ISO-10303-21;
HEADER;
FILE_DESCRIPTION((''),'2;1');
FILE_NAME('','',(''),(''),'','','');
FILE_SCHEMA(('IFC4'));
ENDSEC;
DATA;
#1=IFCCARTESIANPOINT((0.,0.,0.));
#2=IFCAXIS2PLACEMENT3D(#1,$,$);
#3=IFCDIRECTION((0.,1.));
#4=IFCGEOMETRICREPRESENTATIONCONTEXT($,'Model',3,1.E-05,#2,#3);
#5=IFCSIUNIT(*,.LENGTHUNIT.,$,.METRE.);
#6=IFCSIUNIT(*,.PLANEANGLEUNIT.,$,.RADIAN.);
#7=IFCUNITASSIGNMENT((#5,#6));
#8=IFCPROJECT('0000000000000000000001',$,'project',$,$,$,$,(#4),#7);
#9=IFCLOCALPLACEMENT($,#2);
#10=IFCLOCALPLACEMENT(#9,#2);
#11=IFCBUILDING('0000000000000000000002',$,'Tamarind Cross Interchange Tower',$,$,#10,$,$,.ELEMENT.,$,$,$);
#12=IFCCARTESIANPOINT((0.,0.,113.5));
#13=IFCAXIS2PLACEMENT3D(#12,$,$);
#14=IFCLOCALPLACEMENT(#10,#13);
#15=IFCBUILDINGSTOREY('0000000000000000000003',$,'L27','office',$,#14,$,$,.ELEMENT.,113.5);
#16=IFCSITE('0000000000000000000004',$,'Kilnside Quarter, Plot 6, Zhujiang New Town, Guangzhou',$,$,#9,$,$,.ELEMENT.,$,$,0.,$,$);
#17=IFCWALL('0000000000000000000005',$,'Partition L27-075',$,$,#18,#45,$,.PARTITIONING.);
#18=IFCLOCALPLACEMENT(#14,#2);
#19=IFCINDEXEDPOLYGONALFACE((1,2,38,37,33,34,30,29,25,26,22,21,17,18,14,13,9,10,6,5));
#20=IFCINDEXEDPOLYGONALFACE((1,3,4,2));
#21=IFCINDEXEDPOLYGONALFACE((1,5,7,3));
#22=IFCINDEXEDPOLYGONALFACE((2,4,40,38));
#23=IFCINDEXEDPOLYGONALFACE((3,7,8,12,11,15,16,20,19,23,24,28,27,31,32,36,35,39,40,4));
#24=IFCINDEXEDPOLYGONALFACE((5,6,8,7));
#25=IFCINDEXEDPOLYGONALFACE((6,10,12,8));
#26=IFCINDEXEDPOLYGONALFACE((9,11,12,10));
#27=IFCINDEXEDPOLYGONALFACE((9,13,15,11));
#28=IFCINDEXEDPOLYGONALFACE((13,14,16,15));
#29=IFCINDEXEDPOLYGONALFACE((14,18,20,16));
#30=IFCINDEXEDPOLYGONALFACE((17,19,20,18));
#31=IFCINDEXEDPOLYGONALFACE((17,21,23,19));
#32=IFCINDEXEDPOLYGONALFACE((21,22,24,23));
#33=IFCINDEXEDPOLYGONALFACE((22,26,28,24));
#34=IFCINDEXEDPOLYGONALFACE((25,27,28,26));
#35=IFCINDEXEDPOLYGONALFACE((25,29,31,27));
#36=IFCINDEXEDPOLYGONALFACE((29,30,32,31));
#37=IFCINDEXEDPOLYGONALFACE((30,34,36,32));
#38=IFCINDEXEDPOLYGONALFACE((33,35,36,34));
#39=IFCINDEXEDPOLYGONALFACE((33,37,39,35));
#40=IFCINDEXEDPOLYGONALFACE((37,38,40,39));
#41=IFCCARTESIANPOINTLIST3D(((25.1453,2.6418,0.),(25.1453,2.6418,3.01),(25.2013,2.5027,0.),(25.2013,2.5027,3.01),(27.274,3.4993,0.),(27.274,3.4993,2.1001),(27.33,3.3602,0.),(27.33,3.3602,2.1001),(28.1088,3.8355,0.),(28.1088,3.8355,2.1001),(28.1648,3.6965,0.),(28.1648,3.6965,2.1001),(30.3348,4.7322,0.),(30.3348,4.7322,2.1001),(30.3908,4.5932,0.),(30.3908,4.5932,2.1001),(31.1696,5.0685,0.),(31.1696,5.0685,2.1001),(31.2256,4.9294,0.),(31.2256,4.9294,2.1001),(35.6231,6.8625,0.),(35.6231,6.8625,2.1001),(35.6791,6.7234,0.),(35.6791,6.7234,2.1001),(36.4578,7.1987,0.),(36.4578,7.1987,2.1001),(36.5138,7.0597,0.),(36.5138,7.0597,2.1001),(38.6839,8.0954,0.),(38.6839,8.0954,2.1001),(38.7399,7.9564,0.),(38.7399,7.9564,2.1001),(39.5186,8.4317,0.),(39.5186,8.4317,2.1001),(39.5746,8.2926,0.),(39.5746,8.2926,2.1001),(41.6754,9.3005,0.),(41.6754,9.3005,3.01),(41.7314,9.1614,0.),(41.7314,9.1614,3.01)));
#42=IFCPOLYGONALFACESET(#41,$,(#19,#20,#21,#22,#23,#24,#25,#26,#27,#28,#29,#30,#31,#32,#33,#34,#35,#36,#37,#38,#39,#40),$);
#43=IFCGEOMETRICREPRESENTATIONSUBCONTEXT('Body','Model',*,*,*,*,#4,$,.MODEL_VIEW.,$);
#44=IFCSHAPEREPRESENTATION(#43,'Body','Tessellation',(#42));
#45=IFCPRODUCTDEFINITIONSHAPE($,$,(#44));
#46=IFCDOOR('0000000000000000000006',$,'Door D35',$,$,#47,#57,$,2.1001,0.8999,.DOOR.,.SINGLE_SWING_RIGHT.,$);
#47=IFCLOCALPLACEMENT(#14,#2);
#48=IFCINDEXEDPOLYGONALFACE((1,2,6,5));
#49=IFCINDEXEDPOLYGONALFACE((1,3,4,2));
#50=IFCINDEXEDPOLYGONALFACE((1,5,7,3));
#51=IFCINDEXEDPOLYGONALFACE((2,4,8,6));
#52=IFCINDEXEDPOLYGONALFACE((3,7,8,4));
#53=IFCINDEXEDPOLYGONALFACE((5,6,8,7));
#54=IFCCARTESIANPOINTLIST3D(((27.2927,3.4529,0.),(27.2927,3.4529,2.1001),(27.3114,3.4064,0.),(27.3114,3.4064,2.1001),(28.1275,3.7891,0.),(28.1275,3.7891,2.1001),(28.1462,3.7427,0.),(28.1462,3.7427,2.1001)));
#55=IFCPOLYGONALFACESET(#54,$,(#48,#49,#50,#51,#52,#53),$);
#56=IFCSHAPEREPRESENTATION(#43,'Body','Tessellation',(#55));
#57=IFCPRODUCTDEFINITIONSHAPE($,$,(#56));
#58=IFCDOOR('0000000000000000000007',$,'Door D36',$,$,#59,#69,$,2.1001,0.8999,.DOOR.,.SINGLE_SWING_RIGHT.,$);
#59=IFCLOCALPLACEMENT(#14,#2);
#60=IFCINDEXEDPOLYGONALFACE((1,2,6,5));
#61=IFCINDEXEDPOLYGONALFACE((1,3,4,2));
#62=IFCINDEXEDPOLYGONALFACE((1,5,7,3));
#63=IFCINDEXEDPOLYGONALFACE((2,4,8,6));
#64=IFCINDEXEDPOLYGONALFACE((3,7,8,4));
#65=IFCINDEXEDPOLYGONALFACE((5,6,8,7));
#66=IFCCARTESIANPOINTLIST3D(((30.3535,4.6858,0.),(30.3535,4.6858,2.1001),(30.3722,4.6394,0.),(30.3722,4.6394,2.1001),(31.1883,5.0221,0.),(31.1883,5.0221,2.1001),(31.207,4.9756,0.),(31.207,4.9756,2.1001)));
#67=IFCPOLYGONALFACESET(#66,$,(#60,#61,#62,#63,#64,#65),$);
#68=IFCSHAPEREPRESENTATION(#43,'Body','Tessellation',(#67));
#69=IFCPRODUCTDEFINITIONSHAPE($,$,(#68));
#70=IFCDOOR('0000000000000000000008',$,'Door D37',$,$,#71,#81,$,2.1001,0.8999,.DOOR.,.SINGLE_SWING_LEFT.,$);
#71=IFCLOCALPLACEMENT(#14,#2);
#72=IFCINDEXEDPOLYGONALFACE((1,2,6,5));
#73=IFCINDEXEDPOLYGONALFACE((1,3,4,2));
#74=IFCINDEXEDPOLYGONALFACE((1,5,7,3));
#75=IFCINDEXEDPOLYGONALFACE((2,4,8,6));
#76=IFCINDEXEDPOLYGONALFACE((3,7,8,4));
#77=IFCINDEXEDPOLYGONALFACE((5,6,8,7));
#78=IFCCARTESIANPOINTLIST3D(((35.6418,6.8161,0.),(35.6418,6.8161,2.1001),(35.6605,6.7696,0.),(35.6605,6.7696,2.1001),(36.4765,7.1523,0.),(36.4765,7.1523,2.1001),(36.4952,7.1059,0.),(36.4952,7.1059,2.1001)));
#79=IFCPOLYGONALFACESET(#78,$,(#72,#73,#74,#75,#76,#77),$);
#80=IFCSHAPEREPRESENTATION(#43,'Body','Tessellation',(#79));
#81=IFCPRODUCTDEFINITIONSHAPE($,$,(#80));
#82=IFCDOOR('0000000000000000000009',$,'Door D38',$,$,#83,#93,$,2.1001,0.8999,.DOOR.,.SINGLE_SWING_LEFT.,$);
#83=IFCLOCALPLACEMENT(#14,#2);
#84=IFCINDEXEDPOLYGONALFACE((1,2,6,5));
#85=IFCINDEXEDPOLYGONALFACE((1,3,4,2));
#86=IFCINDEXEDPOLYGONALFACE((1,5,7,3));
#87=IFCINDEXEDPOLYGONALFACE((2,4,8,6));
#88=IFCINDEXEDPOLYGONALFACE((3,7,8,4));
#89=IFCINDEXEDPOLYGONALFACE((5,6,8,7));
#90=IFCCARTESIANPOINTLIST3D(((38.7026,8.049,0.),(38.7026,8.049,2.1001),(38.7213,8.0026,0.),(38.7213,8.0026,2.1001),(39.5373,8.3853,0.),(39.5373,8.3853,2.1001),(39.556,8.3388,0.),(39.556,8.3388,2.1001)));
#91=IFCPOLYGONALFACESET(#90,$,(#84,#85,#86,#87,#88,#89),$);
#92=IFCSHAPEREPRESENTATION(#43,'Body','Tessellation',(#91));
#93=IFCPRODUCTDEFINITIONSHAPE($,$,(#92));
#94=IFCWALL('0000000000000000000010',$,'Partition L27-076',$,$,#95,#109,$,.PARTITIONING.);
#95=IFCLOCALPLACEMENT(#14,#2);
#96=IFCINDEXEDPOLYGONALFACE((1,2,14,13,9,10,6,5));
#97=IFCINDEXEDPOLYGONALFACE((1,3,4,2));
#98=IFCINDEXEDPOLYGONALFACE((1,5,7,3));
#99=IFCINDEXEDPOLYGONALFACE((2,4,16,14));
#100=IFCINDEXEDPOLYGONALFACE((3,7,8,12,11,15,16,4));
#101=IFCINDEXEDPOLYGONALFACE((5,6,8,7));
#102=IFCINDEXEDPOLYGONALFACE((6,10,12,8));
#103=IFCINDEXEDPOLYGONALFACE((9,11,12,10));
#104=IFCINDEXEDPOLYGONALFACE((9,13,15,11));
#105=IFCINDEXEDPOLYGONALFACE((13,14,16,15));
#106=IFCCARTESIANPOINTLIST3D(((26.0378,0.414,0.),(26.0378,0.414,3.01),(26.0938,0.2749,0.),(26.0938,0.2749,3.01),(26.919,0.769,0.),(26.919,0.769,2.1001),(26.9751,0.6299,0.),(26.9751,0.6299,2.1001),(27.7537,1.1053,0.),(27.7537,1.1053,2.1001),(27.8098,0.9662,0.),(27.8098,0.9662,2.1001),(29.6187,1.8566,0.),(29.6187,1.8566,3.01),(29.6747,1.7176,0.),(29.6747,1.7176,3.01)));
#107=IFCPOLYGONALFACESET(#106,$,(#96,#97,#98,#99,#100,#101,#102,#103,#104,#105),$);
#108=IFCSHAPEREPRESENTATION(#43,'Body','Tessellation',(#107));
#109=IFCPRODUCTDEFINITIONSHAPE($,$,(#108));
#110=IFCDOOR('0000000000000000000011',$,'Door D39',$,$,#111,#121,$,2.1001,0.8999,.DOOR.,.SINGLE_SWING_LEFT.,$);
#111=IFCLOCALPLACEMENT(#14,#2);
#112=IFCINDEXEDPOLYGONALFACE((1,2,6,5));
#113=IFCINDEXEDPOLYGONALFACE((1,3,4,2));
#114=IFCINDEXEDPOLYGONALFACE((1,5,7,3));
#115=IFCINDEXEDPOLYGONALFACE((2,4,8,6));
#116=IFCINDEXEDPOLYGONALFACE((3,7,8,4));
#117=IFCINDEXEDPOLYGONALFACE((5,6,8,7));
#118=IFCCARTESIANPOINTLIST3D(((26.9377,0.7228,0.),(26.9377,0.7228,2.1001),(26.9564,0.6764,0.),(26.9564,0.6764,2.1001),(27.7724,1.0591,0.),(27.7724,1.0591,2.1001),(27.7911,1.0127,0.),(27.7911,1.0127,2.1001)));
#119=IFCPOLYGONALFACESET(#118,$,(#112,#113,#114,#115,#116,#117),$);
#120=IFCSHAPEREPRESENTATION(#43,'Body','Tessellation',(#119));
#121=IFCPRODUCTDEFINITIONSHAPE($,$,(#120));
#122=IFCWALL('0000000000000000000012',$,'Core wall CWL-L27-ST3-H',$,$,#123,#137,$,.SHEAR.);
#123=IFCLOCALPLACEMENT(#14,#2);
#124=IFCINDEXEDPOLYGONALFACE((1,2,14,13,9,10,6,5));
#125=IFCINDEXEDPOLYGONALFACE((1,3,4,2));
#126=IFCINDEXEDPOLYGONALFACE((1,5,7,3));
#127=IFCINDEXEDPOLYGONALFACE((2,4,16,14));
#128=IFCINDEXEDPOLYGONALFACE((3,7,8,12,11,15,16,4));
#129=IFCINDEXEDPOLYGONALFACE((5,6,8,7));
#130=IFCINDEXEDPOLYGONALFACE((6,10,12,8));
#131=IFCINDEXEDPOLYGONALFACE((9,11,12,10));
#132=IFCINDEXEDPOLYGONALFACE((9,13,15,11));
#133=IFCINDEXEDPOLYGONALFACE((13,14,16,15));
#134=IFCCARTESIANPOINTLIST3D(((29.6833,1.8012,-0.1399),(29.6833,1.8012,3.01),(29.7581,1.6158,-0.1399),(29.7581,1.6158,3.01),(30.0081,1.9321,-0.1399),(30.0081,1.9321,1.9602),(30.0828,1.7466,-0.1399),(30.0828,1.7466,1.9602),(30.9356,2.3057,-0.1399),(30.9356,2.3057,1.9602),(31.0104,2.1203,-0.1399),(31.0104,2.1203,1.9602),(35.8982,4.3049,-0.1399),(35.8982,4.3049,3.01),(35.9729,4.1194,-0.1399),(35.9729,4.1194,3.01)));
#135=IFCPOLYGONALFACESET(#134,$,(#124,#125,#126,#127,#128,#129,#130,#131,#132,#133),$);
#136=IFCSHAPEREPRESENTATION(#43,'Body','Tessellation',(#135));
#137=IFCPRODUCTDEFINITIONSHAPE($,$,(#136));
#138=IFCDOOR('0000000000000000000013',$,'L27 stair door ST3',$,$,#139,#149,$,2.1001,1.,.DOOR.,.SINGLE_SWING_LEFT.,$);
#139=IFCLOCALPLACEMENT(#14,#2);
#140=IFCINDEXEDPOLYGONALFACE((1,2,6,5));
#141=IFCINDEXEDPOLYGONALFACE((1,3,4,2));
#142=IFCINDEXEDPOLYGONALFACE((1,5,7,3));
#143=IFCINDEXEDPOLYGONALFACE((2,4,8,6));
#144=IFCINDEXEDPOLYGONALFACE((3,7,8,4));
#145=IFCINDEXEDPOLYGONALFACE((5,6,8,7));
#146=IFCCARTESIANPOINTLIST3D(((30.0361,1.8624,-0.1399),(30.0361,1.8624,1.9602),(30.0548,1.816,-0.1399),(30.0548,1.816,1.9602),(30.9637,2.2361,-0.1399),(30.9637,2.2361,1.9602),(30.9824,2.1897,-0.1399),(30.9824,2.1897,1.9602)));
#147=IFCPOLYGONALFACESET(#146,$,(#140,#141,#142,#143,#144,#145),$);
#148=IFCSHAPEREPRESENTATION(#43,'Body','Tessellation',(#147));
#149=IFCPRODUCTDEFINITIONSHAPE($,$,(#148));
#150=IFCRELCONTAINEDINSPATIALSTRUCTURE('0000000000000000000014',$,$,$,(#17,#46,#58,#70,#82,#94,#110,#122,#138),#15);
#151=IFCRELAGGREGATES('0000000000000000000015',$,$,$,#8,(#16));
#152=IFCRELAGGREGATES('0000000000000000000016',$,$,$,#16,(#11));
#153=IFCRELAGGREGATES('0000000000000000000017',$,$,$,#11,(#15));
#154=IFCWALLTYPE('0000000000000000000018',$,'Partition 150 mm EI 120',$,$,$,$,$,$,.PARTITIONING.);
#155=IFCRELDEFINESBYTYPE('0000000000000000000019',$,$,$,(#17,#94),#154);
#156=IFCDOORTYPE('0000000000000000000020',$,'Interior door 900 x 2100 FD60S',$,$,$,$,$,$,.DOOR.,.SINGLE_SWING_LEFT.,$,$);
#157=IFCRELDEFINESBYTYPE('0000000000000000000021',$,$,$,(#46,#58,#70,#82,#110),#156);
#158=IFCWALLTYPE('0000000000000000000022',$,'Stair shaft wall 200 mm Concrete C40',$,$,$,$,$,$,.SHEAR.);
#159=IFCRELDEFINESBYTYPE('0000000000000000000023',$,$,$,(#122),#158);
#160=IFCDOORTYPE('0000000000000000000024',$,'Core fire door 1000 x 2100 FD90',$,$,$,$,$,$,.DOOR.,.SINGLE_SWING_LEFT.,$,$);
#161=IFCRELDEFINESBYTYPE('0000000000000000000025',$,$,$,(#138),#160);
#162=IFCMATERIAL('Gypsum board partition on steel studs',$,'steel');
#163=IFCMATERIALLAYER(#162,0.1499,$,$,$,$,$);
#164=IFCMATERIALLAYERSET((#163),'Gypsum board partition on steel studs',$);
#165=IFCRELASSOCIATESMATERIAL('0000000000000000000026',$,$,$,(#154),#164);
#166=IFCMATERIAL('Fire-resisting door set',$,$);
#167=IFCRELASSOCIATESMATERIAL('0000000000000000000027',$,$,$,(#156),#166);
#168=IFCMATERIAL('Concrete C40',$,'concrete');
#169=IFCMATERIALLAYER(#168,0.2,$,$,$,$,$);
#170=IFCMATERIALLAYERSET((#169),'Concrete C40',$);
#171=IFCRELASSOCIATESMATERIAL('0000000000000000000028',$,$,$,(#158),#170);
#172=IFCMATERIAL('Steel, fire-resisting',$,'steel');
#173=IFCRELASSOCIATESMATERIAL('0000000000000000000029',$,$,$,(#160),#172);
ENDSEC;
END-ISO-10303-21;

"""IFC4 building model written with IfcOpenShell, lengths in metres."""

from ifc_helpers import new_model, si_unit, direction, frame, frame_2d, origin, place, context, subcontext, project, spatial, rectangle, extrude, material, layer, layer_set, type_object, element, fill, save


model = new_model("IFC4")

# Units and contexts
model_context = context("Model", 3, precision=1e-05, world=origin(), true_north=direction((0.0, 1.0)))
body_context = subcontext(model_context, "Body", "Model", "MODEL_VIEW")
ifc_project = project(units=[si_unit("LENGTHUNIT", "METRE"), si_unit("PLANEANGLEUNIT", "RADIAN")], contexts=[model_context])

# Site, building, storey
site_placement = place(None, origin())
site = spatial("IfcSite", under=ifc_project, at=site_placement, Name="Kilnside Quarter, Plot 6, Zhujiang New Town, Guangzhou", CompositionType="ELEMENT", RefElevation=0.0)
building_placement = place(site_placement, origin())
building = spatial("IfcBuilding", under=site, at=building_placement, Name="Tamarind Cross Interchange Tower", CompositionType="ELEMENT")
storey_placement = place(building_placement, frame((0.0, 0.0, 113.5)))
storey = spatial("IfcBuildingStorey", under=building, at=storey_placement, Name="L27", Description="office", CompositionType="ELEMENT", Elevation=113.5)

# Shared definitions
ifc_material_1 = material(Name="Gypsum board partition on steel studs", Category="steel")
ifc_layer_1 = layer(ifc_material_1, 0.1499)
ifc_layer_set_1 = layer_set([ifc_layer_1], Name="Gypsum board partition on steel studs")
wall_type_1 = type_object("IfcWallType", Name="Partition 150 mm EI 120", PredefinedType="PARTITIONING", material=ifc_layer_set_1)

# Wall, openings, doors
wall_1_placement = place(storey_placement, frame((25.1733, 2.5723, 0.0), z_axis=(0.0, 0.0, 1.0), x_axis=(0.927571, 0.373648, 0.0)))
wall_1 = element("IfcWall", 1, at=wall_1_placement, inside=storey, type_object=wall_type_1, Name="Partition L27-075", PredefinedType="PARTITIONING", context=body_context, shape_type="SweptSolid", body=[
    extrude(rectangle(XDim=17.8208, YDim=0.1499, at=frame_2d((8.9104, 0.0))), origin(), (0.0, 0.0, 1.0), 3.01),
])
opening_1_placement = place(wall_1_placement, frame((2.2949, 0.0, 0.0)))
opening_1 = element("IfcOpeningElement", 2, at=opening_1_placement, cuts=wall_1, PredefinedType="OPENING", context=body_context, shape_type="SweptSolid", body=[
    extrude(rectangle(XDim=0.8999, YDim=2.1001, at=frame_2d((0.45, 1.05))), frame((0.0, 0.085, 0.0), z_axis=(0.0, -1.0, 0.0), x_axis=(1.0, 0.0, 0.0)), (0.0, 0.0, 1.0), 0.1699),
])
opening_2_placement = place(wall_1_placement, frame((5.5947, 0.0, 0.0)))
opening_2 = element("IfcOpeningElement", 3, at=opening_2_placement, cuts=wall_1, PredefinedType="OPENING", context=body_context, shape_type="SweptSolid", body=[
    extrude(rectangle(XDim=0.8999, YDim=2.1001, at=frame_2d((0.45, 1.05))), frame((0.0, 0.085, 0.0), z_axis=(0.0, -1.0, 0.0), x_axis=(1.0, 0.0, 0.0)), (0.0, 0.0, 1.0), 0.1699),
])
opening_3_placement = place(wall_1_placement, frame((11.2959, 0.0, 0.0)))
opening_3 = element("IfcOpeningElement", 4, at=opening_3_placement, cuts=wall_1, PredefinedType="OPENING", context=body_context, shape_type="SweptSolid", body=[
    extrude(rectangle(XDim=0.8999, YDim=2.1001, at=frame_2d((0.45, 1.05))), frame((0.0, 0.085, 0.0), z_axis=(0.0, -1.0, 0.0), x_axis=(1.0, 0.0, 0.0)), (0.0, 0.0, 1.0), 0.1699),
])
opening_4_placement = place(wall_1_placement, frame((14.5957, 0.0, 0.0)))
opening_4 = element("IfcOpeningElement", 5, at=opening_4_placement, cuts=wall_1, PredefinedType="OPENING", context=body_context, shape_type="SweptSolid", body=[
    extrude(rectangle(XDim=0.8999, YDim=2.1001, at=frame_2d((0.45, 1.05))), frame((0.0, 0.085, 0.0), z_axis=(0.0, -1.0, 0.0), x_axis=(1.0, 0.0, 0.0)), (0.0, 0.0, 1.0), 0.1699),
])
ifc_material_2 = material(Name="Fire-resisting door set")
door_type_1 = type_object("IfcDoorType", Name="Interior door 900 x 2100 FD60S", OperationType="SINGLE_SWING_LEFT", PredefinedType="DOOR", material=ifc_material_2)
door_1_placement = place(opening_1_placement, origin())
door_1 = element("IfcDoor", 6, at=door_1_placement, inside=storey, type_object=door_type_1, Name="Door D35", OperationType="SINGLE_SWING_RIGHT", OverallHeight=2.1001, OverallWidth=0.8999, PredefinedType="DOOR", context=body_context, shape_type="SweptSolid", body=[
    extrude(rectangle(XDim=0.8999, YDim=2.1001, at=frame_2d((0.45, 1.05))), frame((0.0, 0.0249, 0.0), z_axis=(0.0, -1.0, 0.0), x_axis=(1.0, 0.0, 0.0)), (0.0, 0.0, 1.0), 0.05),
])
fill(opening_1, door_1)
door_2_placement = place(opening_2_placement, origin())
door_2 = element("IfcDoor", 7, at=door_2_placement, inside=storey, type_object=door_type_1, Name="Door D36", OperationType="SINGLE_SWING_RIGHT", OverallHeight=2.1001, OverallWidth=0.8999, PredefinedType="DOOR", context=body_context, shape_type="SweptSolid", body=[
    extrude(rectangle(XDim=0.8999, YDim=2.1001, at=frame_2d((0.45, 1.05))), frame((0.0, 0.0249, 0.0), z_axis=(0.0, -1.0, 0.0), x_axis=(1.0, 0.0, 0.0)), (0.0, 0.0, 1.0), 0.05),
])
fill(opening_2, door_2)
door_3_placement = place(opening_3_placement, origin())
door_3 = element("IfcDoor", 8, at=door_3_placement, inside=storey, type_object=door_type_1, Name="Door D37", OperationType="SINGLE_SWING_LEFT", OverallHeight=2.1001, OverallWidth=0.8999, PredefinedType="DOOR", context=body_context, shape_type="SweptSolid", body=[
    extrude(rectangle(XDim=0.8999, YDim=2.1001, at=frame_2d((0.45, 1.05))), frame((0.0, 0.0249, 0.0), z_axis=(0.0, -1.0, 0.0), x_axis=(1.0, 0.0, 0.0)), (0.0, 0.0, 1.0), 0.05),
])
fill(opening_3, door_3)
door_4_placement = place(opening_4_placement, origin())
door_4 = element("IfcDoor", 9, at=door_4_placement, inside=storey, type_object=door_type_1, Name="Door D38", OperationType="SINGLE_SWING_LEFT", OverallHeight=2.1001, OverallWidth=0.8999, PredefinedType="DOOR", context=body_context, shape_type="SweptSolid", body=[
    extrude(rectangle(XDim=0.8999, YDim=2.1001, at=frame_2d((0.45, 1.05))), frame((0.0, 0.0249, 0.0), z_axis=(0.0, -1.0, 0.0), x_axis=(1.0, 0.0, 0.0)), (0.0, 0.0, 1.0), 0.05),
])
fill(opening_4, door_4)

# Walls, openings, doors
wall_2_placement = place(storey_placement, frame((26.0659, 0.3445, 0.0), z_axis=(0.0, 0.0, 1.0), x_axis=(0.927554, 0.37369, 0.0)))
wall_2 = element("IfcWall", 10, at=wall_2_placement, inside=storey, type_object=wall_type_1, Name="Partition L27-076", PredefinedType="PARTITIONING", context=body_context, shape_type="SweptSolid", body=[
    extrude(rectangle(XDim=3.8606, YDim=0.1499, at=frame_2d((1.9302, 0.0))), origin(), (0.0, 0.0, 1.0), 3.01),
])
opening_5_placement = place(wall_2_placement, frame((0.95, 0.0, 0.0)))
opening_5 = element("IfcOpeningElement", 11, at=opening_5_placement, cuts=wall_2, PredefinedType="OPENING", context=body_context, shape_type="SweptSolid", body=[
    extrude(rectangle(XDim=0.8999, YDim=2.1001, at=frame_2d((0.45, 1.05))), frame((0.0, 0.085, 0.0), z_axis=(0.0, -1.0, 0.0), x_axis=(1.0, 0.0, 0.0)), (0.0, 0.0, 1.0), 0.1699),
])
door_5_placement = place(opening_5_placement, frame((0.8999, 0.0, 0.0), z_axis=(0.0, 0.0, 1.0), x_axis=(-1.0, 0.0, 0.0)))
door_5 = element("IfcDoor", 12, at=door_5_placement, inside=storey, type_object=door_type_1, Name="Door D39", OperationType="SINGLE_SWING_LEFT", OverallHeight=2.1001, OverallWidth=0.8999, PredefinedType="DOOR", context=body_context, shape_type="SweptSolid", body=[
    extrude(rectangle(XDim=0.8999, YDim=2.1001, at=frame_2d((0.45, 1.05))), frame((0.0, 0.0249, 0.0), z_axis=(0.0, -1.0, 0.0), x_axis=(1.0, 0.0, 0.0)), (0.0, 0.0, 1.0), 0.05),
])
fill(opening_5, door_5)
ifc_material_3 = material(Name="Concrete C40", Category="concrete")
ifc_layer_2 = layer(ifc_material_3, 0.2)
ifc_layer_set_2 = layer_set([ifc_layer_2], Name="Concrete C40")
wall_type_2 = type_object("IfcWallType", Name="Stair shaft wall 200 mm Concrete C40", PredefinedType="SHEAR", material=ifc_layer_set_2)
wall_3_placement = place(storey_placement, frame((29.7207, 1.7085, -0.1399), z_axis=(0.0, 0.0, 1.0), x_axis=(0.927562, 0.37367, 0.0)))
wall_3 = element("IfcWall", 13, at=wall_3_placement, inside=storey, type_object=wall_type_2, Name="Core wall CWL-L27-ST3-H", PredefinedType="SHEAR", context=body_context, shape_type="SweptSolid", body=[
    extrude(rectangle(XDim=6.7002, YDim=0.2, at=frame_2d((3.3501, 0.0))), origin(), (0.0, 0.0, 1.0), 3.1499),
])
opening_6_placement = place(wall_3_placement, frame((0.3501, 0.0, 0.0)))
opening_6 = element("IfcOpeningElement", 14, at=opening_6_placement, cuts=wall_3, PredefinedType="OPENING", context=body_context, shape_type="SweptSolid", body=[
    extrude(rectangle(XDim=1.0, YDim=2.1001, at=frame_2d((0.5, 1.05))), frame((0.0, 0.1099, 0.0), z_axis=(0.0, -1.0, 0.0), x_axis=(1.0, 0.0, 0.0)), (0.0, 0.0, 1.0), 0.22),
])
ifc_material_4 = material(Name="Steel, fire-resisting", Category="steel")
door_type_2 = type_object("IfcDoorType", Name="Core fire door 1000 x 2100 FD90", OperationType="SINGLE_SWING_LEFT", PredefinedType="DOOR", material=ifc_material_4)
door_6_placement = place(opening_6_placement, origin())
door_6 = element("IfcDoor", 15, at=door_6_placement, inside=storey, type_object=door_type_2, Name="L27 stair door ST3", OperationType="SINGLE_SWING_LEFT", OverallHeight=2.1001, OverallWidth=1.0, PredefinedType="DOOR", context=body_context, shape_type="SweptSolid", body=[
    extrude(rectangle(XDim=1.0, YDim=2.1001, at=frame_2d((0.5, 1.05))), frame((0.0, 0.0249, 0.0), z_axis=(0.0, -1.0, 0.0), x_axis=(1.0, 0.0, 0.0)), (0.0, 0.0, 1.0), 0.05),
])
fill(opening_6, door_6)

save(model, "model.ifc")
